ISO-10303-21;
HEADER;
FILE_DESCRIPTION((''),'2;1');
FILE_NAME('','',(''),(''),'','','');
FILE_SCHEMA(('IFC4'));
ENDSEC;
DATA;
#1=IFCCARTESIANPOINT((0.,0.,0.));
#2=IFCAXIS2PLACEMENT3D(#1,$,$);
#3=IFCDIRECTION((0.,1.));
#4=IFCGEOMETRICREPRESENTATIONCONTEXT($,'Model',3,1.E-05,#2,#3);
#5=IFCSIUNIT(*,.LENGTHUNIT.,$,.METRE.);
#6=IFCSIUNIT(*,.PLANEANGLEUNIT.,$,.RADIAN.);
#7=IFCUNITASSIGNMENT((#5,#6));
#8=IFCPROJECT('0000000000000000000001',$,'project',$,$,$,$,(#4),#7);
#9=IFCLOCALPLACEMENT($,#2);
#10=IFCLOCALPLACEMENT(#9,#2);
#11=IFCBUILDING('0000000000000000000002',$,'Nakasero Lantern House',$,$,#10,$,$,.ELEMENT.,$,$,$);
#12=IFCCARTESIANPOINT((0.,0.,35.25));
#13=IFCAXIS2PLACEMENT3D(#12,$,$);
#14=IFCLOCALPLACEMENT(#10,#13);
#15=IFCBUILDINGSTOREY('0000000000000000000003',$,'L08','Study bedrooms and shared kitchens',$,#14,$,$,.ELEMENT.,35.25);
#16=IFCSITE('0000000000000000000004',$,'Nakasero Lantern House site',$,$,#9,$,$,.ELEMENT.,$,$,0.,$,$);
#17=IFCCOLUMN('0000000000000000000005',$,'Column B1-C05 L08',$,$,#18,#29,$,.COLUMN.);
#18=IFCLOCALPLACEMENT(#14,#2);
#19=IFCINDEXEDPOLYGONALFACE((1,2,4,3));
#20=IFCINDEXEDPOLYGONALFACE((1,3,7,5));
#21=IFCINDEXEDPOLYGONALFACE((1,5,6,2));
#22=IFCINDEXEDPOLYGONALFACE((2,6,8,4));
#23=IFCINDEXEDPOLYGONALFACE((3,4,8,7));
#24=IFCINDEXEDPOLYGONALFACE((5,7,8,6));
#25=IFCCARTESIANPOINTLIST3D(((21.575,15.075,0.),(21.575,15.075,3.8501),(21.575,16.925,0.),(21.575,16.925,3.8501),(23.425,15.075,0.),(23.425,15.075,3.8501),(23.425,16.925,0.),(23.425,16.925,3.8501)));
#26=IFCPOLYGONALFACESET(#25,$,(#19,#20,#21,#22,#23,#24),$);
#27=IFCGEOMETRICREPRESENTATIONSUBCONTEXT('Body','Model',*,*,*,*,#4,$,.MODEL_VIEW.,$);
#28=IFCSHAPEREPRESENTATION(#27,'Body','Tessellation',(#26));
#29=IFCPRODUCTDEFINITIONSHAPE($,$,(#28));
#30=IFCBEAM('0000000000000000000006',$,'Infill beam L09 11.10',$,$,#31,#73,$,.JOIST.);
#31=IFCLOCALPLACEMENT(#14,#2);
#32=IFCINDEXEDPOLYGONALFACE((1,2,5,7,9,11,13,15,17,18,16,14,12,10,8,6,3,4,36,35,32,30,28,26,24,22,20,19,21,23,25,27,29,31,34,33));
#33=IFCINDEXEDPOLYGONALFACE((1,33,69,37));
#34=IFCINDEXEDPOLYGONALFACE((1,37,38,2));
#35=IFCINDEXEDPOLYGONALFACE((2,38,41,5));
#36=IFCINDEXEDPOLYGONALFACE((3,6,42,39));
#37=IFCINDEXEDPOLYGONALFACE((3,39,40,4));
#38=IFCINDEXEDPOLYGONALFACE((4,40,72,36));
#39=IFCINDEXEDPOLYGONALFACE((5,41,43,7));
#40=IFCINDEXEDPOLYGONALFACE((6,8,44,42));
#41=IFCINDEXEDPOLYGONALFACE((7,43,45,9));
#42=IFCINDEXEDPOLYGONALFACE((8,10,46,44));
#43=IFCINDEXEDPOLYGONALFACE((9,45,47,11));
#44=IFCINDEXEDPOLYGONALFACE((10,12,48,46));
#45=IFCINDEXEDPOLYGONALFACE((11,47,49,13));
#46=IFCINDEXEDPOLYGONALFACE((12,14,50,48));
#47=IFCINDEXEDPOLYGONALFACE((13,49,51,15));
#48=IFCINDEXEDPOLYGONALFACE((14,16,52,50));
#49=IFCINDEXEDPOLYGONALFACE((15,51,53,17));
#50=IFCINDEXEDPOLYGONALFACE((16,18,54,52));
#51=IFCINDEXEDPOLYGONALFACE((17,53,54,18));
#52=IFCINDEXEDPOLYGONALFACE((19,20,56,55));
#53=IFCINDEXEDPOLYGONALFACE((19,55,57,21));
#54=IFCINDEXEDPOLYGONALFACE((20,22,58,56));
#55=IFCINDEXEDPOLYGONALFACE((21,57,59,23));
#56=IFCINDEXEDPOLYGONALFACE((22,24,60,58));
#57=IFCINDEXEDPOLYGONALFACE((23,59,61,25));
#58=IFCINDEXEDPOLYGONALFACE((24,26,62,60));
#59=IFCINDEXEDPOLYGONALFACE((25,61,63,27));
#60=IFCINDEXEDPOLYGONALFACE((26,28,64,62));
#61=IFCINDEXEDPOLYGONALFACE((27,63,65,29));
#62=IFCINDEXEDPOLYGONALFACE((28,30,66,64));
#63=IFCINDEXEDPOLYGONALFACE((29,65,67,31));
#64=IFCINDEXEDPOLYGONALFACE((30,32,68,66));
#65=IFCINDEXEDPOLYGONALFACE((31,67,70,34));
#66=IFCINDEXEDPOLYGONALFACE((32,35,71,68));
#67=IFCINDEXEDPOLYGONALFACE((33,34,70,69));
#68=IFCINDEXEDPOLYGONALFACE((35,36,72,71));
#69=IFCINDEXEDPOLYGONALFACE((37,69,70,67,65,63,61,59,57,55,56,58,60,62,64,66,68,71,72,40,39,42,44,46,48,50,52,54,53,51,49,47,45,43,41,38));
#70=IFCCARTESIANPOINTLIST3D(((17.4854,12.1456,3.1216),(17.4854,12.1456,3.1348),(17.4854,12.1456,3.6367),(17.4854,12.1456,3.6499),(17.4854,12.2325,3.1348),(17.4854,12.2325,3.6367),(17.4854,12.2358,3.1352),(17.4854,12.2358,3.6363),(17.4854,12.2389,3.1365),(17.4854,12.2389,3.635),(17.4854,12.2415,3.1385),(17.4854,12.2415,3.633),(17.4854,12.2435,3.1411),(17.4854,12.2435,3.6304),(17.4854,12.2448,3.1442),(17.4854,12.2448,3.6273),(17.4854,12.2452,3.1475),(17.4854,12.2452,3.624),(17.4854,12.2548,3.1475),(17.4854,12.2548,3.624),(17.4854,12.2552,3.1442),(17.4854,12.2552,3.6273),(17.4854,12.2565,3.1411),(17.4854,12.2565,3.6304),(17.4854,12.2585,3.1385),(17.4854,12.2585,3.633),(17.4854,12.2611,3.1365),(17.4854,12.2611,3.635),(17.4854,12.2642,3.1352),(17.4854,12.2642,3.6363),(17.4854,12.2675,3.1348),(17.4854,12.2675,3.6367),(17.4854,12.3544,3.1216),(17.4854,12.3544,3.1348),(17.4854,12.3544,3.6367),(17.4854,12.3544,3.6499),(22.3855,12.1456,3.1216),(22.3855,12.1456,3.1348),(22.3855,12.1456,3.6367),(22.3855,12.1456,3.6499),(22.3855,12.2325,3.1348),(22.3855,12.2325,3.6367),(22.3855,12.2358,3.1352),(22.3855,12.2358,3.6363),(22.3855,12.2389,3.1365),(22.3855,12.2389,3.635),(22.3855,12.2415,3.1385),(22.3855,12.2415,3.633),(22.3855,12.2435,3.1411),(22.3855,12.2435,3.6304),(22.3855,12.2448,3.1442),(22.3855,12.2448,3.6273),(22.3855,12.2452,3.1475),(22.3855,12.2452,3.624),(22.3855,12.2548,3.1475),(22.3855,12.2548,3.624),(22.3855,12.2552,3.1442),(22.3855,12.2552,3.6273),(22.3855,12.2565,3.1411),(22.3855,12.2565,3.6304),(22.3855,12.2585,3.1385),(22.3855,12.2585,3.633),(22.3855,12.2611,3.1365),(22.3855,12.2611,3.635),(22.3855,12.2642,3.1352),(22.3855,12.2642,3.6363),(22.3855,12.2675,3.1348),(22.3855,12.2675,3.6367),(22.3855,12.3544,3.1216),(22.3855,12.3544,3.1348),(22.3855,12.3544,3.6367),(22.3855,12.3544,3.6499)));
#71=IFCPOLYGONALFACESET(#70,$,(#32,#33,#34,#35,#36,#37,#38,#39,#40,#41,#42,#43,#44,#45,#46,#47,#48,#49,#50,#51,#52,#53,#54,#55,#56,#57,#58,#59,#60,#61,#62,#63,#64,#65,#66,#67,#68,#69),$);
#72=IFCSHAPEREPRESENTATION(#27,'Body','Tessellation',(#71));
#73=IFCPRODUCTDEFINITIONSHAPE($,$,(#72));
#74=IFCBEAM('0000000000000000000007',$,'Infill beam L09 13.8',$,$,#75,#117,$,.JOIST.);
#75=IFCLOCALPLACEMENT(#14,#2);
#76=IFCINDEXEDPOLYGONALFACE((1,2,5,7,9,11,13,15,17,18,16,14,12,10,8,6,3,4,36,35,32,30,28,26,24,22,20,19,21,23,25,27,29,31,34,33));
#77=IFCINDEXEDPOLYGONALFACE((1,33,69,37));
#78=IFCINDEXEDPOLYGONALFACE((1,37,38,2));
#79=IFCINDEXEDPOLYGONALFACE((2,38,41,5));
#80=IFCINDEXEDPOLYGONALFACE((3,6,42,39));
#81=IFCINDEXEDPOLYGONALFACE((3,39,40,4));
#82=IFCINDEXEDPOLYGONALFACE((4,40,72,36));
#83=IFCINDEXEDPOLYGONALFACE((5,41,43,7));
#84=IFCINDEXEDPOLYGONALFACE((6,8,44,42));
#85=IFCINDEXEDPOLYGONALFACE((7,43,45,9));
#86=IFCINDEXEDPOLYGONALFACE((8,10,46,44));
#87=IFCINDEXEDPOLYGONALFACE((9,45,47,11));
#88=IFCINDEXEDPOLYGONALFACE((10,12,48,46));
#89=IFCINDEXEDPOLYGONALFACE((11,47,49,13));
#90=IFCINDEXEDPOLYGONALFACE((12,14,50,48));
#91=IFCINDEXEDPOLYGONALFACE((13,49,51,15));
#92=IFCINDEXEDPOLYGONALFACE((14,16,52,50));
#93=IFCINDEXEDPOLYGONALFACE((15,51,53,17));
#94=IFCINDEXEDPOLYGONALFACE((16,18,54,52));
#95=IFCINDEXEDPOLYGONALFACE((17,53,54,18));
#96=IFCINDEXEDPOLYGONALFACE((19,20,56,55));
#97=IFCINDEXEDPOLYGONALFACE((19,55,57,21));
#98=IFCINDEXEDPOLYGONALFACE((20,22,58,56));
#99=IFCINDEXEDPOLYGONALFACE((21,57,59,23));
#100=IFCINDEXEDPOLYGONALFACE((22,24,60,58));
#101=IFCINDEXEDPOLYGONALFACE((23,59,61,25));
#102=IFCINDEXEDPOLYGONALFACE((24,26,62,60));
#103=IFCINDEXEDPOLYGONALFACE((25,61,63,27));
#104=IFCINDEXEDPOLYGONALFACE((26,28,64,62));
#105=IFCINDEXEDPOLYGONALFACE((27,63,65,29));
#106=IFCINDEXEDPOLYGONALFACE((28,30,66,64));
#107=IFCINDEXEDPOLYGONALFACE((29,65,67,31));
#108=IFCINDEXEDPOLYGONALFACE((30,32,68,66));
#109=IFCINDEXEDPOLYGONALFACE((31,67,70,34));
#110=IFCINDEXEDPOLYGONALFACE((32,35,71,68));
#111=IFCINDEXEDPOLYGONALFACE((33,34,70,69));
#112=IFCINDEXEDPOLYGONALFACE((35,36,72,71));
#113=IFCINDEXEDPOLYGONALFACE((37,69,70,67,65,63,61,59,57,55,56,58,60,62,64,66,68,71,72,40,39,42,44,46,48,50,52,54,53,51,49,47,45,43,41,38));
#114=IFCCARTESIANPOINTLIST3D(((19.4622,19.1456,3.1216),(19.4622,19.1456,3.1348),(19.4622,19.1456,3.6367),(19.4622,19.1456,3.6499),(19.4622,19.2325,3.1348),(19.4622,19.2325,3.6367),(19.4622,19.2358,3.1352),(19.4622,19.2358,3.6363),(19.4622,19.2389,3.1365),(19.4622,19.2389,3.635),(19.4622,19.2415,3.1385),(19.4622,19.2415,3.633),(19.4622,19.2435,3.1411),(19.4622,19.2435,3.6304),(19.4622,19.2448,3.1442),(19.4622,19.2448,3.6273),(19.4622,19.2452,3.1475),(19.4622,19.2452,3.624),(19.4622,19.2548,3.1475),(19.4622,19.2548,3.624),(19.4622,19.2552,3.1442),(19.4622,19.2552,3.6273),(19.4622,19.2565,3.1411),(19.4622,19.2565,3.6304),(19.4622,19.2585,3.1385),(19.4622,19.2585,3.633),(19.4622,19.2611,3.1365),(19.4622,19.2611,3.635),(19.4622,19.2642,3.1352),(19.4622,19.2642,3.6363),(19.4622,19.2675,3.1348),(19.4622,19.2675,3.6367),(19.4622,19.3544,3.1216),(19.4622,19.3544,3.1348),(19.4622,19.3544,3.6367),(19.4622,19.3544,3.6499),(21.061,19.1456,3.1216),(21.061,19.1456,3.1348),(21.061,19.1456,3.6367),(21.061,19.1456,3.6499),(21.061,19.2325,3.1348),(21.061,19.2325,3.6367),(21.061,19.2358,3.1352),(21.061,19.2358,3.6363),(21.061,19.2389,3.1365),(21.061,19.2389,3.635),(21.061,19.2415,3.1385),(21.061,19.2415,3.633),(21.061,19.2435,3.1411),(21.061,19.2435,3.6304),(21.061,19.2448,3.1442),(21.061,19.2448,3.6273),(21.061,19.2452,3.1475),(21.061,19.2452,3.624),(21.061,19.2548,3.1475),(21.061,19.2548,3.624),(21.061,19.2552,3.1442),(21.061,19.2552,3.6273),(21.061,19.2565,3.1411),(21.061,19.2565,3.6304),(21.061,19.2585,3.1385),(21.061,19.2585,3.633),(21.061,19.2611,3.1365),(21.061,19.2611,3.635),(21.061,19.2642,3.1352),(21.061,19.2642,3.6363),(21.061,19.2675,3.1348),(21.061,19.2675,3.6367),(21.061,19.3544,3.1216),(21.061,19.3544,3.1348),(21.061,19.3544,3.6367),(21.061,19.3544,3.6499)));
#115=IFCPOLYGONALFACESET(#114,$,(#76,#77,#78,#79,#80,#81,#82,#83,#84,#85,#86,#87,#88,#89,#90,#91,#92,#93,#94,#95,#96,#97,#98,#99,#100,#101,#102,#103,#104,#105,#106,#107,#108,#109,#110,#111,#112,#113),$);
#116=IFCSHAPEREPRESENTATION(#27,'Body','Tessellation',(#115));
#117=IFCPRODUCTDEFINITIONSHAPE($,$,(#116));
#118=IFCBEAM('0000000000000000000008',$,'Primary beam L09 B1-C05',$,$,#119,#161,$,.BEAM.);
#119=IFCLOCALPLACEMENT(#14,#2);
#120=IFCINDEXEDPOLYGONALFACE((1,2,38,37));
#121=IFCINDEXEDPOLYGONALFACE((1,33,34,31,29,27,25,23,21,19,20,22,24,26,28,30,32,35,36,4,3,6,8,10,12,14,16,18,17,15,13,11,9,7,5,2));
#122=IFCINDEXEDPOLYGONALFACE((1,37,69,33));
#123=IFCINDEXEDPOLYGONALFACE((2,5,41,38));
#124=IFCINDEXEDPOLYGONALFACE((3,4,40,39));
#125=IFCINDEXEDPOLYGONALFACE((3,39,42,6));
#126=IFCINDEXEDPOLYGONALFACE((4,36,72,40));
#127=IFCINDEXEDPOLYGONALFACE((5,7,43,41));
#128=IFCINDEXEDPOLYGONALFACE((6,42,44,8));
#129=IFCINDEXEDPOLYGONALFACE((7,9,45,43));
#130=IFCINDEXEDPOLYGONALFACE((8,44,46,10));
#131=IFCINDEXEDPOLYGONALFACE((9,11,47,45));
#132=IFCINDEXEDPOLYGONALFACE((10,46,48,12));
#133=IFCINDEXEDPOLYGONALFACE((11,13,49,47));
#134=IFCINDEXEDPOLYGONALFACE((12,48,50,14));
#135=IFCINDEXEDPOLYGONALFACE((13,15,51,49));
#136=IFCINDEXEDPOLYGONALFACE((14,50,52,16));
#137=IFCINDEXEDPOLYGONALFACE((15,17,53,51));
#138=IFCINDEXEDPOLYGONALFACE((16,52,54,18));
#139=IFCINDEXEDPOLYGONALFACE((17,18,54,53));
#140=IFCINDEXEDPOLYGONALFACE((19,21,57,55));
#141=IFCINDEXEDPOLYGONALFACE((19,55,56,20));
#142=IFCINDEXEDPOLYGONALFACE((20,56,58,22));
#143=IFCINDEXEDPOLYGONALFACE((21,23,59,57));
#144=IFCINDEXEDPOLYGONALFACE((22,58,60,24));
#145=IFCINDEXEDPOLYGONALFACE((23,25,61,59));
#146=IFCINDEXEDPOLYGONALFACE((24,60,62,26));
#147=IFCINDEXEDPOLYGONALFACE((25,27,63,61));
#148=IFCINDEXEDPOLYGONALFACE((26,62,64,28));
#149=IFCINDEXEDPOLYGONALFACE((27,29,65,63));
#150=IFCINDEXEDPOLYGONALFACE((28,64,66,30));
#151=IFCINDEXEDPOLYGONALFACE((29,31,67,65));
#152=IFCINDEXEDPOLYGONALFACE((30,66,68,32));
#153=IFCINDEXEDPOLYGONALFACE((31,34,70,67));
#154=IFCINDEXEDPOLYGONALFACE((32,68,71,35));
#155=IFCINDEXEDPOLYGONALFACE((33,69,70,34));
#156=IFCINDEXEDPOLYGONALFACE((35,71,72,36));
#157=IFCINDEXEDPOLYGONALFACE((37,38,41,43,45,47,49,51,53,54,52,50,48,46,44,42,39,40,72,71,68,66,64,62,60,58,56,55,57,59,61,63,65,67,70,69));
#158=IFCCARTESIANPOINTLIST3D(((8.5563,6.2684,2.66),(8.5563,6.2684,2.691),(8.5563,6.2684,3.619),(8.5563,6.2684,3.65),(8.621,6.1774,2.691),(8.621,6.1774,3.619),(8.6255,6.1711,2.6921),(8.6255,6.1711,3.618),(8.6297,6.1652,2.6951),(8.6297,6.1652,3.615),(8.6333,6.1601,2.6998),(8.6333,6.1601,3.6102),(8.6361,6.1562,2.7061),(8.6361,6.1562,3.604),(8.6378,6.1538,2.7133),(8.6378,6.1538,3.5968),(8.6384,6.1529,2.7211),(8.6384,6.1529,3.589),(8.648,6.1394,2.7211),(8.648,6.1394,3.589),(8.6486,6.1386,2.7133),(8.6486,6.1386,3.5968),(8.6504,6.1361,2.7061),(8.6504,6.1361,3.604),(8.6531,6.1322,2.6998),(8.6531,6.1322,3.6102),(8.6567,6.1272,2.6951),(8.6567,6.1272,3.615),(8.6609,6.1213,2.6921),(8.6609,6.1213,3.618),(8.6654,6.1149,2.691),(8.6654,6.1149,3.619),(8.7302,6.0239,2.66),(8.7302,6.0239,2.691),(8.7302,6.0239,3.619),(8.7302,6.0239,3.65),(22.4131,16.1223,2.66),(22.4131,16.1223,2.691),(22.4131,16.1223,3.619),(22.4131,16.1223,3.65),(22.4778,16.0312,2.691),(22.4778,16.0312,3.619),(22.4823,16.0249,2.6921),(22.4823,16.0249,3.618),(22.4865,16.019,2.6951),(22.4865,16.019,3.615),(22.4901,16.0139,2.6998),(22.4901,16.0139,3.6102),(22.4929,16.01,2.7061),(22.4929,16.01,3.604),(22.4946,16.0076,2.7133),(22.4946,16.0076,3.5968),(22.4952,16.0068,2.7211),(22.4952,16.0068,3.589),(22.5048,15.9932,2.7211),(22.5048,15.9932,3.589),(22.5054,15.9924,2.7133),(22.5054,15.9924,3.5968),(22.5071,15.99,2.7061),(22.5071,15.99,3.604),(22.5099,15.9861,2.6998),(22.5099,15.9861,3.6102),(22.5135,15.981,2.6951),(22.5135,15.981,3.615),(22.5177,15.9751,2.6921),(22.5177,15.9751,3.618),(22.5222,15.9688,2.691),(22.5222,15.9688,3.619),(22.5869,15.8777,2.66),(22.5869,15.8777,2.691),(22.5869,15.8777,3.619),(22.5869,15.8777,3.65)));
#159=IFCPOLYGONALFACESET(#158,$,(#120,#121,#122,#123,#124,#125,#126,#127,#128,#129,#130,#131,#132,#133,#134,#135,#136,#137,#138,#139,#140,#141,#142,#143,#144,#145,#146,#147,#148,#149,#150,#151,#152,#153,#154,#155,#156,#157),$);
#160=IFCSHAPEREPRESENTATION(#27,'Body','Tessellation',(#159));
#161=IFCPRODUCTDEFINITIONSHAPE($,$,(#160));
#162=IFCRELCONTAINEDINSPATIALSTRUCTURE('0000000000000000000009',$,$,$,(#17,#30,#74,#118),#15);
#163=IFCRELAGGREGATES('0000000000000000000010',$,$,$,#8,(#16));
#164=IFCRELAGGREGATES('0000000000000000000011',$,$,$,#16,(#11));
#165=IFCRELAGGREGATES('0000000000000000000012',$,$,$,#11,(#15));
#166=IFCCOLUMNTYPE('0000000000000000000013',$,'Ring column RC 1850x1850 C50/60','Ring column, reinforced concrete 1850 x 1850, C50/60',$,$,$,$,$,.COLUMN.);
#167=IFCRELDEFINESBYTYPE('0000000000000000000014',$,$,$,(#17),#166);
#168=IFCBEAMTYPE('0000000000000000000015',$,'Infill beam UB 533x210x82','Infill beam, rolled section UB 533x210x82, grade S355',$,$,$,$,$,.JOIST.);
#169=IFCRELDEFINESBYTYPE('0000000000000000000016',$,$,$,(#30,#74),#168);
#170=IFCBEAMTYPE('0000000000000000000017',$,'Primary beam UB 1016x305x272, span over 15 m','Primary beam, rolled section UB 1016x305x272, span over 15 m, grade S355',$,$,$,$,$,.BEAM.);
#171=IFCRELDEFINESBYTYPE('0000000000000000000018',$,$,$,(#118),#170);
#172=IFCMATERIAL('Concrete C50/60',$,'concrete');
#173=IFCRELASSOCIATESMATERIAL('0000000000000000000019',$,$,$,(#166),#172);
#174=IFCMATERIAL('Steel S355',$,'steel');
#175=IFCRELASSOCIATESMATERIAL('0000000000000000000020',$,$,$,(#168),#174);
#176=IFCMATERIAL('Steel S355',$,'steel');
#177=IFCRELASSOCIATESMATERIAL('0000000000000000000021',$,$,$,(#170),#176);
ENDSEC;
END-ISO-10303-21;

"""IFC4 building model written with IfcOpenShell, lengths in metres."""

from ifc_helpers import new_model, si_unit, direction, frame, origin, origin_2d, place, context, subcontext, project, spatial, rectangle, i_section, extrude, material, material_profile, profile_set, type_object, element, save


model = new_model("IFC4")

# Units and contexts
model_context = context("Model", 3, precision=1e-05, world=origin(), true_north=direction((0.0, 1.0)))
body_context = subcontext(model_context, "Body", "Model", "MODEL_VIEW")
ifc_project = project(units=[si_unit("LENGTHUNIT", "METRE"), si_unit("PLANEANGLEUNIT", "RADIAN")], contexts=[model_context])

# Site, building, storey
site_placement = place(None, origin())
site = spatial("IfcSite", under=ifc_project, at=site_placement, Name="Nakasero Lantern House site", CompositionType="ELEMENT", RefElevation=0.0)
building_placement = place(site_placement, origin())
building = spatial("IfcBuilding", under=site, at=building_placement, Name="Nakasero Lantern House", CompositionType="ELEMENT")
storey_placement = place(building_placement, frame((0.0, 0.0, 35.25)))
storey = spatial("IfcBuildingStorey", under=building, at=storey_placement, Name="L08", Description="Study bedrooms and shared kitchens", CompositionType="ELEMENT", Elevation=35.25)

# Column
ifc_material_1 = material(Name="Concrete C50/60", Category="concrete")
ifc_material_profile_1 = material_profile(ifc_material_1, rectangle(XDim=1.8501, YDim=1.8501, at=origin_2d()), Name="RC 1850x1850")
ifc_profile_set_1 = profile_set([ifc_material_profile_1], Name="Concrete C50/60")
column_type = type_object("IfcColumnType", Name="Ring column RC 1850x1850 C50/60", Description="Ring column, reinforced concrete 1850 x 1850, C50/60", PredefinedType="COLUMN", material=ifc_profile_set_1)
column_placement = place(storey_placement, frame((22.5, 16.0, 0.0), z_axis=(0.0, 0.0, 1.0), x_axis=(1.0, 0.0, 0.0)))
element("IfcColumn", 1, at=column_placement, inside=storey, type_object=column_type, Name="Column B1-C05 L08", PredefinedType="COLUMN", context=body_context, shape_type="SweptSolid", body=[
    extrude(rectangle(XDim=1.8501, YDim=1.8501, at=origin_2d()), origin(), (0.0, 0.0, 1.0), 3.8501),
])

# Beams
ifc_material_2 = material(Name="Steel S355", Category="steel")
ifc_material_profile_2 = material_profile(ifc_material_2, i_section(OverallWidth=0.2087, OverallDepth=0.5283, WebThickness=0.0095, FlangeThickness=0.0132, FilletRadius=0.0127, at=origin_2d()), Name="UB 533x210x82")
ifc_profile_set_2 = profile_set([ifc_material_profile_2], Name="Steel S355")
beam_type_1 = type_object("IfcBeamType", Name="Infill beam UB 533x210x82", Description="Infill beam, rolled section UB 533x210x82, grade S355", PredefinedType="JOIST", material=ifc_profile_set_2)
beam_1_placement = place(storey_placement, frame((17.4854, 12.25, 3.3857), z_axis=(1.0, 0.0, 0.0), x_axis=(0.0, 1.0, 0.0)))
element("IfcBeam", 2, at=beam_1_placement, inside=storey, type_object=beam_type_1, Name="Infill beam L09 11.10", PredefinedType="JOIST", context=body_context, shape_type="SweptSolid", body=[
    extrude(i_section(OverallWidth=0.2087, OverallDepth=0.5283, WebThickness=0.0095, FlangeThickness=0.0132, FilletRadius=0.0127, at=origin_2d()), origin(), (0.0, 0.0, 1.0), 4.9001),
])
beam_2_placement = place(storey_placement, frame((19.4622, 19.25, 3.3857), z_axis=(1.0, 0.0, 0.0), x_axis=(0.0, 1.0, 0.0)))
element("IfcBeam", 3, at=beam_2_placement, inside=storey, type_object=beam_type_1, Name="Infill beam L09 13.8", PredefinedType="JOIST", context=body_context, shape_type="SweptSolid", body=[
    extrude(i_section(OverallWidth=0.2087, OverallDepth=0.5283, WebThickness=0.0095, FlangeThickness=0.0132, FilletRadius=0.0127, at=origin_2d()), origin(), (0.0, 0.0, 1.0), 1.5989),
])
ifc_material_3 = material(Name="Steel S355", Category="steel")
ifc_material_profile_3 = material_profile(ifc_material_3, i_section(OverallWidth=0.3, OverallDepth=0.99, WebThickness=0.0166, FlangeThickness=0.031, FilletRadius=0.03, at=origin_2d()), Name="UB 1016x305x272")
ifc_profile_set_3 = profile_set([ifc_material_profile_3], Name="Steel S355")
beam_type_2 = type_object("IfcBeamType", Name="Primary beam UB 1016x305x272, span over 15 m", Description="Primary beam, rolled section UB 1016x305x272, span over 15 m, grade S355", PredefinedType="BEAM", material=ifc_profile_set_3)
beam_3_placement = place(storey_placement, frame((22.5, 16.0, 3.155), z_axis=(-0.814952, -0.579528, 0.0), x_axis=(0.579528, -0.814952, 0.0)))
element("IfcBeam", 4, at=beam_3_placement, inside=storey, type_object=beam_type_2, Name="Primary beam L09 B1-C05", PredefinedType="BEAM", context=body_context, shape_type="SweptSolid", body=[
    extrude(i_section(OverallWidth=0.3, OverallDepth=0.99, WebThickness=0.0166, FlangeThickness=0.031, FilletRadius=0.03, at=origin_2d()), origin(), (0.0, 0.0, 1.0), 17.0032),
])

save(model, "model.ifc")
